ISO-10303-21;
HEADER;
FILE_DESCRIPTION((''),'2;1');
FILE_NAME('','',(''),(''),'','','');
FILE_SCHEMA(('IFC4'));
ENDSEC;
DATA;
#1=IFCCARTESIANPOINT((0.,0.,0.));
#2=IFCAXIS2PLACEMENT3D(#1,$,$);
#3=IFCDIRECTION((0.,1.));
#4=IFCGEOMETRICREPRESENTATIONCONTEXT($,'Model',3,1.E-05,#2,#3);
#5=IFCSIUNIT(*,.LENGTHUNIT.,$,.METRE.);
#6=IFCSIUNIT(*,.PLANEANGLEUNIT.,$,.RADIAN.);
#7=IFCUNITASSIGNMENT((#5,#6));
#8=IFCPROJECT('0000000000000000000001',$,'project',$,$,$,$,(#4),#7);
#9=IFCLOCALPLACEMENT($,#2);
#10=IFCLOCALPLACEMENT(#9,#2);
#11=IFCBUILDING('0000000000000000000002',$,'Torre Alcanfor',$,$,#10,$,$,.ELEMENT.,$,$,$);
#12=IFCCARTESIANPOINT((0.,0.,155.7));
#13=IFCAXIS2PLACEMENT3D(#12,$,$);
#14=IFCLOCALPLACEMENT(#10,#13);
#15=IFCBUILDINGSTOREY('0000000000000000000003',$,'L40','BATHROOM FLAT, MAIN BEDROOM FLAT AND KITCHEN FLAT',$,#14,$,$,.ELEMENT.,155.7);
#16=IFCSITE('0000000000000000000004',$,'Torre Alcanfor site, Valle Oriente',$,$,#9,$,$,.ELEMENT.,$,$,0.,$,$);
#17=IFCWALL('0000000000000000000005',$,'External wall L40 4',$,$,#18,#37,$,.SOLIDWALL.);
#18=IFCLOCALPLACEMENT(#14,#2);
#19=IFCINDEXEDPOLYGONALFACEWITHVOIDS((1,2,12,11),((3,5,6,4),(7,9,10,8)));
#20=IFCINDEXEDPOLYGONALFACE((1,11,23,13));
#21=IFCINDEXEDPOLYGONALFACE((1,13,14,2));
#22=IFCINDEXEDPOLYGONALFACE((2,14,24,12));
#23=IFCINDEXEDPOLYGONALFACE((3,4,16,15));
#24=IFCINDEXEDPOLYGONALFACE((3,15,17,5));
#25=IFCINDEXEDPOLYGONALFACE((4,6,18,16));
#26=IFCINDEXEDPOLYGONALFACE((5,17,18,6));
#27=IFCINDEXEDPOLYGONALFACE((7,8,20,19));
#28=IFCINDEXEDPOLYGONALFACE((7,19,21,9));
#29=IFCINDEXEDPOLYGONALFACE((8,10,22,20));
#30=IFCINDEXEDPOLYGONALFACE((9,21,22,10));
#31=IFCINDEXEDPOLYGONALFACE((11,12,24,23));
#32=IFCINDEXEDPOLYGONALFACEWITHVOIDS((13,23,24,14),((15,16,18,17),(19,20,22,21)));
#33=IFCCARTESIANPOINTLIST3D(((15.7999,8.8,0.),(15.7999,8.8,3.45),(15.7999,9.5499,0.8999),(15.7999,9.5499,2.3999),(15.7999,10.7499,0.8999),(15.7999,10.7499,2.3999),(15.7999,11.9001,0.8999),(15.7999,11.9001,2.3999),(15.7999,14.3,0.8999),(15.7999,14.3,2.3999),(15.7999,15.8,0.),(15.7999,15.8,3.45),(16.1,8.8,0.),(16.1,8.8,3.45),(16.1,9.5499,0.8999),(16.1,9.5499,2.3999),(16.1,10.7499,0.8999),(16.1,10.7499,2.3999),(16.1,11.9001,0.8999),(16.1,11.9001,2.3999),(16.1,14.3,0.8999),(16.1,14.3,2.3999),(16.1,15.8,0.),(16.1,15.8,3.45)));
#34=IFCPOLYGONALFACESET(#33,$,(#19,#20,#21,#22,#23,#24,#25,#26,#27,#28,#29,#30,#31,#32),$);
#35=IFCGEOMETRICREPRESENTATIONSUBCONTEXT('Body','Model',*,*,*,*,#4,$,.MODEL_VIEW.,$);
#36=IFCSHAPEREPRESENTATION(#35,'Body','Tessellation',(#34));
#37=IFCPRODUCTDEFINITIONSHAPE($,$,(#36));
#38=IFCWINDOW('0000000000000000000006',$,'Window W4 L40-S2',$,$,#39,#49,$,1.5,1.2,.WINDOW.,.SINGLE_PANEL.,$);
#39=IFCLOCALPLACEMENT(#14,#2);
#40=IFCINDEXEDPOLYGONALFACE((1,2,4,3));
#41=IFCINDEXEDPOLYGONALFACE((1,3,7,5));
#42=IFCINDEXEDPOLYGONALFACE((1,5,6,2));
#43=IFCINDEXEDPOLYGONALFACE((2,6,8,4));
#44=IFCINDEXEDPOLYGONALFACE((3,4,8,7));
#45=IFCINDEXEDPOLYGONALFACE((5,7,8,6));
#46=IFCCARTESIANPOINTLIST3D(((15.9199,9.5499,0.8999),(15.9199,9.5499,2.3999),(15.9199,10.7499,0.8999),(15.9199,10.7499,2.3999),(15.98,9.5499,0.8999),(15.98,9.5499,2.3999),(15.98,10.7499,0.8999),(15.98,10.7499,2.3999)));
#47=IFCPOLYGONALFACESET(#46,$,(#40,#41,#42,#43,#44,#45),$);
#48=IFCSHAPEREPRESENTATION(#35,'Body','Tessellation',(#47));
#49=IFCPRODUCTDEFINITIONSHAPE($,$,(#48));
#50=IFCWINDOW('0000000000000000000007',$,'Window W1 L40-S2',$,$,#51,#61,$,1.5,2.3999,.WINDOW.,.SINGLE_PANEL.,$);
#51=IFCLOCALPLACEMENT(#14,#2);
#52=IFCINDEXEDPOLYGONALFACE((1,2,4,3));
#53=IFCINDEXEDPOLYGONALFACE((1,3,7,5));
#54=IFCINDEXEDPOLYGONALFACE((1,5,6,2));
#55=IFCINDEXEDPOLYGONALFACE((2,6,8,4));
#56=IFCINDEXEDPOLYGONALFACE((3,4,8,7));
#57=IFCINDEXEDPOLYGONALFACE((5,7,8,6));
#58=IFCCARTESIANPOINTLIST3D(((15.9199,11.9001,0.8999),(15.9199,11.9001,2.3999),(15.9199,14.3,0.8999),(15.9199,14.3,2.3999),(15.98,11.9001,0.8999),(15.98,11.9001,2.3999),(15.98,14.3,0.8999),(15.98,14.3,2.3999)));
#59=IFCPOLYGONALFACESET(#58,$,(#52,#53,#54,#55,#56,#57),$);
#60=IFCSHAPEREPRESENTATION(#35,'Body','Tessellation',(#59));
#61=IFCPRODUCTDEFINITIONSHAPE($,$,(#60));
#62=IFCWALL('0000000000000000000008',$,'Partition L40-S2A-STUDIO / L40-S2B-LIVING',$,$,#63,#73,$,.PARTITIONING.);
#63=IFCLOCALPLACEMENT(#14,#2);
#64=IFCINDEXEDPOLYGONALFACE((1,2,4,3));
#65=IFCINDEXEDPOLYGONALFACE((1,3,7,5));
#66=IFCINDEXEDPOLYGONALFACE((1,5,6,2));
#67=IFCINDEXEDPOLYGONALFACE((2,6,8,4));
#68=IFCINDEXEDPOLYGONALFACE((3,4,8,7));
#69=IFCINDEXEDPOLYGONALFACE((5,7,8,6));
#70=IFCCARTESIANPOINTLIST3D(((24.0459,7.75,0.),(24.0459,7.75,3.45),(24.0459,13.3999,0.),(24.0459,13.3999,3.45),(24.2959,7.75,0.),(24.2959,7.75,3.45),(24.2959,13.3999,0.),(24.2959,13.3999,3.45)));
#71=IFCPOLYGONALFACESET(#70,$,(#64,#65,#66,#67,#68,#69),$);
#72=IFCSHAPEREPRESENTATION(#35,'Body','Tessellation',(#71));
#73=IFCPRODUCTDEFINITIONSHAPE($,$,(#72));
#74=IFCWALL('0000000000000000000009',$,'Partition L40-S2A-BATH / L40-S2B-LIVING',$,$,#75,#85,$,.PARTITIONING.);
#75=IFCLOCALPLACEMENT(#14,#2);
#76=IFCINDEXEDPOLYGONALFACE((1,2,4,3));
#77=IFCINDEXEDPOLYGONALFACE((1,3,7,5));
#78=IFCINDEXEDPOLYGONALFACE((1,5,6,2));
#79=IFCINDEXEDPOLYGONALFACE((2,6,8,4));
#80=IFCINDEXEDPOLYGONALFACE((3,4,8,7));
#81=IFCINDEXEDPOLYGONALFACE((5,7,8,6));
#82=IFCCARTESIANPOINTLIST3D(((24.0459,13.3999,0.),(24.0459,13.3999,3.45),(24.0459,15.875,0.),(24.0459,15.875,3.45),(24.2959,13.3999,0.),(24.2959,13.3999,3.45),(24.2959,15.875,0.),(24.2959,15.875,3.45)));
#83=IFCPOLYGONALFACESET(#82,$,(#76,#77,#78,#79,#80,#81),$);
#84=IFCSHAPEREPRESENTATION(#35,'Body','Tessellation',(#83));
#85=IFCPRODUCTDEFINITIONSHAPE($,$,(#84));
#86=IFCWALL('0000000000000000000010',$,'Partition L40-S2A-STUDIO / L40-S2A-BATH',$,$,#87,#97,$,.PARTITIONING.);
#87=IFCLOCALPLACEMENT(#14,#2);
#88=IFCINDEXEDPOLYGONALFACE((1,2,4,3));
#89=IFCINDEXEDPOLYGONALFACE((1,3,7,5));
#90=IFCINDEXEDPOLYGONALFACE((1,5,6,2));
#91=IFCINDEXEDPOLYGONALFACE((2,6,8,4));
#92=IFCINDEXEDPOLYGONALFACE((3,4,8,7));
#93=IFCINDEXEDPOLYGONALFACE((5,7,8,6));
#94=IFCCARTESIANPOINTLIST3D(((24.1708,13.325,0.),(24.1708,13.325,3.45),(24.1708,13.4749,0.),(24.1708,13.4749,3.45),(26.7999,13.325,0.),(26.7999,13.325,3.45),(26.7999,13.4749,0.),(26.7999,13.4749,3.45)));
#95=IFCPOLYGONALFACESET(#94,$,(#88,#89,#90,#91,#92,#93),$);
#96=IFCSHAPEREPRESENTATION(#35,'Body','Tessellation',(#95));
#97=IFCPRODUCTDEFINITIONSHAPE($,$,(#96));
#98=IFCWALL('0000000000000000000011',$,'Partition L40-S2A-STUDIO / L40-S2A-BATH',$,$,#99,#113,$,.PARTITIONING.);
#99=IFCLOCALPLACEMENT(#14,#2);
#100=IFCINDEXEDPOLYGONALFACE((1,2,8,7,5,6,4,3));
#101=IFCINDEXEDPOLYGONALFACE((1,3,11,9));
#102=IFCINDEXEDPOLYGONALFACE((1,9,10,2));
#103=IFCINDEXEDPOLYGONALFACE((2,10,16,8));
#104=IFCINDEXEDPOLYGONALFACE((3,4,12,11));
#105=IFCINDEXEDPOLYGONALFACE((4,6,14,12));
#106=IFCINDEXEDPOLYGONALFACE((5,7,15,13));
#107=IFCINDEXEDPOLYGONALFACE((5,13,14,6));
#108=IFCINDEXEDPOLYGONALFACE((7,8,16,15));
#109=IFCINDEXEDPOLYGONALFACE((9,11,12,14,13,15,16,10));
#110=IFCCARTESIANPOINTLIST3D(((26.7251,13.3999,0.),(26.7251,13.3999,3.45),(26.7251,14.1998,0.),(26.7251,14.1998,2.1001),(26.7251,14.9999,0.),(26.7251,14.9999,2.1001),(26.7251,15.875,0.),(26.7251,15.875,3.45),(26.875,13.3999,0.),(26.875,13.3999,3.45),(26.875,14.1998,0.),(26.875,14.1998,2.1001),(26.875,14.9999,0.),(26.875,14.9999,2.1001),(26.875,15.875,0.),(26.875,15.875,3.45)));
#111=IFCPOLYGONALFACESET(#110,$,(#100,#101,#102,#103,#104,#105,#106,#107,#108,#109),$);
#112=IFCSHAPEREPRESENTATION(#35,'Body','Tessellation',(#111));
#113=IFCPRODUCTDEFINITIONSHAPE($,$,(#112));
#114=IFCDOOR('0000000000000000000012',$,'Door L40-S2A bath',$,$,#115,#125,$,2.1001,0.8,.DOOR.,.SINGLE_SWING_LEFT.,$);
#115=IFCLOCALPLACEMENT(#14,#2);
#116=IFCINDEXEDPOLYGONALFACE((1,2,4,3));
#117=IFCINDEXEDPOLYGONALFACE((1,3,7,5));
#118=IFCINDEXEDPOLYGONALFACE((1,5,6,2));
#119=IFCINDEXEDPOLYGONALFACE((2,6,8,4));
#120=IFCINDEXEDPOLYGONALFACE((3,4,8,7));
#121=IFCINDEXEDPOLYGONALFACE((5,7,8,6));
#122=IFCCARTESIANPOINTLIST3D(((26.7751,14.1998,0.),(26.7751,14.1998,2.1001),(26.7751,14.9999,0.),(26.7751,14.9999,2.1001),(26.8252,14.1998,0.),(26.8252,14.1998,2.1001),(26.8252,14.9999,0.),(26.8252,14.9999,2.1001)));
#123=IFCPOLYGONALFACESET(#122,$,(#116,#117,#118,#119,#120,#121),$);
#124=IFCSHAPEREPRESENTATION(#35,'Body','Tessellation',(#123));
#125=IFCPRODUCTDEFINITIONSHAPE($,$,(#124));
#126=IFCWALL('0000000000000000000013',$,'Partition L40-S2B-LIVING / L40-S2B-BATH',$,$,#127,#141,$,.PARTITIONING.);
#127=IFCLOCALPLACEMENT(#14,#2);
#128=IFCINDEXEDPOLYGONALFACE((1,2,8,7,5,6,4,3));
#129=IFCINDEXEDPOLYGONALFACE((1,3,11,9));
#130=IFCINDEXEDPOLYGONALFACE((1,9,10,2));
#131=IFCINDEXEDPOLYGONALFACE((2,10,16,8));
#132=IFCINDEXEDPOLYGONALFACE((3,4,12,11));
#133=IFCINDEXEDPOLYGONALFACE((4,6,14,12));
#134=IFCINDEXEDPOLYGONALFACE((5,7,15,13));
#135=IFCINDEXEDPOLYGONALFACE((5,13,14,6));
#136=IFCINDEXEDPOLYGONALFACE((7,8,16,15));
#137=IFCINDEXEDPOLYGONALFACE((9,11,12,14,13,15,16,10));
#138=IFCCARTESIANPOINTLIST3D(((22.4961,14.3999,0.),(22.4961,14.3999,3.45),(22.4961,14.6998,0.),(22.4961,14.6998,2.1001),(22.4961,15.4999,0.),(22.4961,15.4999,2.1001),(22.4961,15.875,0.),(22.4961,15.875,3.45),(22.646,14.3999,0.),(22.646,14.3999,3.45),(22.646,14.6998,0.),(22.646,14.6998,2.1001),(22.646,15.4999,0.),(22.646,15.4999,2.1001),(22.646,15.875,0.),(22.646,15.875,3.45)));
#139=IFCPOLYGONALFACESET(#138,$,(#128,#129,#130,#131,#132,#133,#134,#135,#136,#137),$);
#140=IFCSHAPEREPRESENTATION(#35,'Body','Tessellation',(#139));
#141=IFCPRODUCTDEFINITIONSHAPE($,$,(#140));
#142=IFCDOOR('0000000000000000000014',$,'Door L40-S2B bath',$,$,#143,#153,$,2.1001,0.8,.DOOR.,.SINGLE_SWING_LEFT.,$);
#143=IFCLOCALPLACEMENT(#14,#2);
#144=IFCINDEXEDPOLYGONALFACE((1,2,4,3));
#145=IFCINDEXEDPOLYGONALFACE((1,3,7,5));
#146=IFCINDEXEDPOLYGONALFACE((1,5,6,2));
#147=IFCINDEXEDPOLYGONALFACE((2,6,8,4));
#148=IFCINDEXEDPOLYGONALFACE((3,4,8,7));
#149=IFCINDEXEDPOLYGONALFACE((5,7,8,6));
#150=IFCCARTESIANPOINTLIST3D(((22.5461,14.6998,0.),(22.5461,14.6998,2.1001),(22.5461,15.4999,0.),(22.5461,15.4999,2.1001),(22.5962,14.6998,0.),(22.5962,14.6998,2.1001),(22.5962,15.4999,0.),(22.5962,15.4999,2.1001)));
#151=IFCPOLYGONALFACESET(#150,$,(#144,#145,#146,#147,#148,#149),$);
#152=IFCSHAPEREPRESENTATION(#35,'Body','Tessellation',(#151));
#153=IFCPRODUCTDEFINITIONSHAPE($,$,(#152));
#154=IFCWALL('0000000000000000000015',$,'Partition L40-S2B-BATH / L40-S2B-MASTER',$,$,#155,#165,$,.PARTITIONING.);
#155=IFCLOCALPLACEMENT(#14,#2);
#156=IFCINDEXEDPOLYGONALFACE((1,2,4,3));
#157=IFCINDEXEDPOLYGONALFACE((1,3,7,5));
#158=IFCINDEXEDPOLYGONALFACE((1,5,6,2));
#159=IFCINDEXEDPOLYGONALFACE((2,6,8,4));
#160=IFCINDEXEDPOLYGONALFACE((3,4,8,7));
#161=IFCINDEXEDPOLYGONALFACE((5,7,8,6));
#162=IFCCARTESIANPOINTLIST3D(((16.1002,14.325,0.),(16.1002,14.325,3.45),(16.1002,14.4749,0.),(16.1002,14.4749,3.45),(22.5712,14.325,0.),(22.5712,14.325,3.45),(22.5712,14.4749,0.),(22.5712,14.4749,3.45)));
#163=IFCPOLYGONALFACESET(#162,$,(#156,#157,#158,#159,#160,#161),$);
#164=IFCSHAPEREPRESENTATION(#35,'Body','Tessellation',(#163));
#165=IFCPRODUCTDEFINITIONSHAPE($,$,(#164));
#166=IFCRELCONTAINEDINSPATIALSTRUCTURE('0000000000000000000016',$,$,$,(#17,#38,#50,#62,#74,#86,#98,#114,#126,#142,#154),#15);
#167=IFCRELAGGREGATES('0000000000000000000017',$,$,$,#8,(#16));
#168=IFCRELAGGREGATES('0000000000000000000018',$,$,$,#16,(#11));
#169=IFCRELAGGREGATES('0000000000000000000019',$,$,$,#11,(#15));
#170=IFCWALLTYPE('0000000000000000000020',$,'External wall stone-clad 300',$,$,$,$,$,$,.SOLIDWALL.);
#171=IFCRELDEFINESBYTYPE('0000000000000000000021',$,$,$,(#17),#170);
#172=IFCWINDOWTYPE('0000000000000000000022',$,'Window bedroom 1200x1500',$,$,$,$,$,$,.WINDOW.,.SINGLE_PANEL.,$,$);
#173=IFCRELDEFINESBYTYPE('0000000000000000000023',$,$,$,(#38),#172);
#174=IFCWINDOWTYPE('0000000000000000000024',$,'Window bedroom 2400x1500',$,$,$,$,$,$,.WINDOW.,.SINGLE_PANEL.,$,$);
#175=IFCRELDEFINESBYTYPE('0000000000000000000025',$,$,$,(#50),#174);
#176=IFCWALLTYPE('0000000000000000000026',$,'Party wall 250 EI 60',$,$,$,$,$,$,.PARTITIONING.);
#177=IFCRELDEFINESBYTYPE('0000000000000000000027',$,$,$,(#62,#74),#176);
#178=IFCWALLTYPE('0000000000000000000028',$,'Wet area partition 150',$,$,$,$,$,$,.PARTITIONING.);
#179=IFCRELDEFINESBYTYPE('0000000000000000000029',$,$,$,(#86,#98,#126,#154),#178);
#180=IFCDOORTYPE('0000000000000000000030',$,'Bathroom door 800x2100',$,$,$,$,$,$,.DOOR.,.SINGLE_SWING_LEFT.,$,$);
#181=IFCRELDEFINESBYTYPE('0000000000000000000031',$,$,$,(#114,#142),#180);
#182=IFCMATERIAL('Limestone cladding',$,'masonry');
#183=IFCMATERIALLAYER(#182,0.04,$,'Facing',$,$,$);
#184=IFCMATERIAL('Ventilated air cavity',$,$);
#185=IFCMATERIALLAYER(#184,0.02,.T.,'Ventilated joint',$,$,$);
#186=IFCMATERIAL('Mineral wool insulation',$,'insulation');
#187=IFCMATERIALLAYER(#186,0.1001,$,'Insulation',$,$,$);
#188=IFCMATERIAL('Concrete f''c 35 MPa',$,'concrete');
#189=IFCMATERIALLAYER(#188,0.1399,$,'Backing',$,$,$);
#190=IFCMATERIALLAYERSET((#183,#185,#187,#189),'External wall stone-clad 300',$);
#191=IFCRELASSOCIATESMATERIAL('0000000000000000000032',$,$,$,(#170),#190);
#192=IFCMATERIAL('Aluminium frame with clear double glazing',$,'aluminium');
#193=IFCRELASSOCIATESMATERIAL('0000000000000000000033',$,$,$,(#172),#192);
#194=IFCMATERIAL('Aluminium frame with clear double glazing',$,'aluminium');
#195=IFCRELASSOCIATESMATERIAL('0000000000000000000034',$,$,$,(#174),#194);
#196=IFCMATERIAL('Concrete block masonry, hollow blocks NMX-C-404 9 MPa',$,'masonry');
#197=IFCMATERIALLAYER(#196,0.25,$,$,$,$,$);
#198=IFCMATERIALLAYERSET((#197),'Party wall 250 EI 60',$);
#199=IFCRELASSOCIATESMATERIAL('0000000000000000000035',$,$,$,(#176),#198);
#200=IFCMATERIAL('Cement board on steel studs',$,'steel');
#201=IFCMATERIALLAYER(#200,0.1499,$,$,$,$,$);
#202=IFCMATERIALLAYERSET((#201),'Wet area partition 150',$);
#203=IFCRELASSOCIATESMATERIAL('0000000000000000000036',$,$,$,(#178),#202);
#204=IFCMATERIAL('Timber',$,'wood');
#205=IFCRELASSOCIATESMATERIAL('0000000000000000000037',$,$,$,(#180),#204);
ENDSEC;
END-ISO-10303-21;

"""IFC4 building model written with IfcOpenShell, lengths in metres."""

from ifc_helpers import new_model, si_unit, direction, frame, frame_2d, origin, place, context, subcontext, project, spatial, rectangle, extrude, material, layer, layer_set, type_object, element, fill, save


model = new_model("IFC4")

# Units and contexts
model_context = context("Model", 3, precision=1e-05, world=origin(), true_north=direction((0.0, 1.0)))
body_context = subcontext(model_context, "Body", "Model", "MODEL_VIEW")
ifc_project = project(units=[si_unit("LENGTHUNIT", "METRE"), si_unit("PLANEANGLEUNIT", "RADIAN")], contexts=[model_context])

# Site, building, storey
site_placement = place(None, origin())
site = spatial("IfcSite", under=ifc_project, at=site_placement, Name="Torre Alcanfor site, Valle Oriente", CompositionType="ELEMENT", RefElevation=0.0)
building_placement = place(site_placement, origin())
building = spatial("IfcBuilding", under=site, at=building_placement, Name="Torre Alcanfor", CompositionType="ELEMENT")
storey_placement = place(building_placement, frame((0.0, 0.0, 155.7)))
storey = spatial("IfcBuildingStorey", under=building, at=storey_placement, Name="L40", Description="BATHROOM FLAT, MAIN BEDROOM FLAT AND KITCHEN FLAT", CompositionType="ELEMENT", Elevation=155.7)

# Wall, openings, windows
ifc_material_1 = material(Name="Limestone cladding", Category="masonry")
ifc_layer_1 = layer(ifc_material_1, 0.04, Name="Facing")
ifc_material_2 = material(Name="Ventilated air cavity")
ifc_layer_2 = layer(ifc_material_2, 0.02, ventilated=True, Name="Ventilated joint")
ifc_material_3 = material(Name="Mineral wool insulation", Category="insulation")
ifc_layer_3 = layer(ifc_material_3, 0.1001, Name="Insulation")
ifc_material_4 = material(Name="Concrete f'c 35 MPa", Category="concrete")
ifc_layer_4 = layer(ifc_material_4, 0.1399, Name="Backing")
ifc_layer_set_1 = layer_set([ifc_layer_1, ifc_layer_2, ifc_layer_3, ifc_layer_4], Name="External wall stone-clad 300")
wall_type_1 = type_object("IfcWallType", Name="External wall stone-clad 300", PredefinedType="SOLIDWALL", material=ifc_layer_set_1)
wall_1_placement = place(storey_placement, frame((15.95, 15.8, 0.0), z_axis=(0.0, 0.0, 1.0), x_axis=(0.0, -1.0, 0.0)))
wall_1 = element("IfcWall", 1, at=wall_1_placement, inside=storey, type_object=wall_type_1, Name="External wall L40 4", PredefinedType="SOLIDWALL", context=body_context, shape_type="SweptSolid", body=[
    extrude(rectangle(XDim=7.0, YDim=0.3, at=frame_2d((3.5, 0.0))), origin(), (0.0, 0.0, 1.0), 3.45),
])
opening_1_placement = place(wall_1_placement, frame((1.5, 0.0, 0.8999)))
opening_1 = element("IfcOpeningElement", 2, at=opening_1_placement, cuts=wall_1, PredefinedType="OPENING", context=body_context, shape_type="SweptSolid", body=[
    extrude(rectangle(XDim=2.3999, YDim=1.5, at=frame_2d((1.2, 0.75))), frame((0.0, 0.1599, 0.0), z_axis=(0.0, -1.0, 0.0), x_axis=(1.0, 0.0, 0.0)), (0.0, 0.0, 1.0), 0.3201),
])
opening_2_placement = place(wall_1_placement, frame((5.05, 0.0, 0.8999)))
opening_2 = element("IfcOpeningElement", 3, at=opening_2_placement, cuts=wall_1, PredefinedType="OPENING", context=body_context, shape_type="SweptSolid", body=[
    extrude(rectangle(XDim=1.2, YDim=1.5, at=frame_2d((0.6001, 0.75))), frame((0.0, 0.1599, 0.0), z_axis=(0.0, -1.0, 0.0), x_axis=(1.0, 0.0, 0.0)), (0.0, 0.0, 1.0), 0.3201),
])
ifc_material_5 = material(Name="Aluminium frame with clear double glazing", Category="aluminium")
window_type_1 = type_object("IfcWindowType", Name="Window bedroom 1200x1500", PartitioningType="SINGLE_PANEL", PredefinedType="WINDOW", material=ifc_material_5)
window_1_placement = place(opening_2_placement, origin())
window_1 = element("IfcWindow", 4, at=window_1_placement, inside=storey, type_object=window_type_1, Name="Window W4 L40-S2", OverallHeight=1.5, OverallWidth=1.2, PartitioningType="SINGLE_PANEL", PredefinedType="WINDOW", context=body_context, shape_type="SweptSolid", body=[
    extrude(rectangle(XDim=1.2, YDim=1.5, at=frame_2d((0.6001, 0.75))), frame((0.0, 0.03, 0.0), z_axis=(0.0, -1.0, 0.0), x_axis=(1.0, 0.0, 0.0)), (0.0, 0.0, 1.0), 0.0601),
])
fill(opening_2, window_1)
ifc_material_6 = material(Name="Aluminium frame with clear double glazing", Category="aluminium")
window_type_2 = type_object("IfcWindowType", Name="Window bedroom 2400x1500", PartitioningType="SINGLE_PANEL", PredefinedType="WINDOW", material=ifc_material_6)
window_2_placement = place(opening_1_placement, origin())
window_2 = element("IfcWindow", 5, at=window_2_placement, inside=storey, type_object=window_type_2, Name="Window W1 L40-S2", OverallHeight=1.5, OverallWidth=2.3999, PartitioningType="SINGLE_PANEL", PredefinedType="WINDOW", context=body_context, shape_type="SweptSolid", body=[
    extrude(rectangle(XDim=2.3999, YDim=1.5, at=frame_2d((1.2, 0.75))), frame((0.0, 0.03, 0.0), z_axis=(0.0, -1.0, 0.0), x_axis=(1.0, 0.0, 0.0)), (0.0, 0.0, 1.0), 0.0601),
])
fill(opening_1, window_2)

# Walls
ifc_material_7 = material(Name="Concrete block masonry, hollow blocks NMX-C-404 9 MPa", Category="masonry")
ifc_layer_5 = layer(ifc_material_7, 0.25)
ifc_layer_set_2 = layer_set([ifc_layer_5], Name="Party wall 250 EI 60")
wall_type_2 = type_object("IfcWallType", Name="Party wall 250 EI 60", PredefinedType="PARTITIONING", material=ifc_layer_set_2)
wall_2_placement = place(storey_placement, frame((24.1709, 7.75, 0.0), z_axis=(0.0, 0.0, 1.0), x_axis=(0.0, 1.0, 0.0)))
element("IfcWall", 6, at=wall_2_placement, inside=storey, type_object=wall_type_2, Name="Partition L40-S2A-STUDIO / L40-S2B-LIVING", PredefinedType="PARTITIONING", context=body_context, shape_type="SweptSolid", body=[
    extrude(rectangle(XDim=5.6499, YDim=0.25, at=frame_2d((2.825, 0.0))), origin(), (0.0, 0.0, 1.0), 3.45),
])
wall_3_placement = place(storey_placement, frame((24.1709, 13.3999, 0.0), z_axis=(0.0, 0.0, 1.0), x_axis=(0.0, 1.0, 0.0)))
element("IfcWall", 7, at=wall_3_placement, inside=storey, type_object=wall_type_2, Name="Partition L40-S2A-BATH / L40-S2B-LIVING", PredefinedType="PARTITIONING", context=body_context, shape_type="SweptSolid", body=[
    extrude(rectangle(XDim=2.4751, YDim=0.25, at=frame_2d((1.2375, 0.0))), origin(), (0.0, 0.0, 1.0), 3.45),
])
ifc_material_8 = material(Name="Cement board on steel studs", Category="steel")
ifc_layer_6 = layer(ifc_material_8, 0.1499)
ifc_layer_set_3 = layer_set([ifc_layer_6], Name="Wet area partition 150")
wall_type_3 = type_object("IfcWallType", Name="Wet area partition 150", PredefinedType="PARTITIONING", material=ifc_layer_set_3)
wall_4_placement = place(storey_placement, frame((24.1709, 13.3999, 0.0), z_axis=(0.0, 0.0, 1.0), x_axis=(1.0, 0.0, 0.0)))
element("IfcWall", 8, at=wall_4_placement, inside=storey, type_object=wall_type_3, Name="Partition L40-S2A-STUDIO / L40-S2A-BATH", PredefinedType="PARTITIONING", context=body_context, shape_type="SweptSolid", body=[
    extrude(rectangle(XDim=2.6292, YDim=0.1499, at=frame_2d((1.3145, 0.0))), origin(), (0.0, 0.0, 1.0), 3.45),
])

# Walls, openings, doors
wall_5_placement = place(storey_placement, frame((26.8, 13.3999, 0.0), z_axis=(0.0, 0.0, 1.0), x_axis=(0.0, 1.0, 0.0)))
wall_5 = element("IfcWall", 9, at=wall_5_placement, inside=storey, type_object=wall_type_3, Name="Partition L40-S2A-STUDIO / L40-S2A-BATH", PredefinedType="PARTITIONING", context=body_context, shape_type="SweptSolid", body=[
    extrude(rectangle(XDim=2.4751, YDim=0.1499, at=frame_2d((1.2375, 0.0))), origin(), (0.0, 0.0, 1.0), 3.45),
])
opening_3_placement = place(wall_5_placement, frame((0.8, 0.0, 0.0)))
opening_3 = element("IfcOpeningElement", 10, at=opening_3_placement, cuts=wall_5, PredefinedType="OPENING", context=body_context, shape_type="SweptSolid", body=[
    extrude(rectangle(XDim=0.8, YDim=2.1001, at=frame_2d((0.3999, 1.05))), frame((0.0, 0.085, 0.0), z_axis=(0.0, -1.0, 0.0), x_axis=(1.0, 0.0, 0.0)), (0.0, 0.0, 1.0), 0.1699),
])
ifc_material_9 = material(Name="Timber", Category="wood")
door_type_1 = type_object("IfcDoorType", Name="Bathroom door 800x2100", OperationType="SINGLE_SWING_LEFT", PredefinedType="DOOR", material=ifc_material_9)
door_1_placement = place(opening_3_placement, origin())
door_1 = element("IfcDoor", 11, at=door_1_placement, inside=storey, type_object=door_type_1, Name="Door L40-S2A bath", OperationType="SINGLE_SWING_LEFT", OverallHeight=2.1001, OverallWidth=0.8, PredefinedType="DOOR", context=body_context, shape_type="SweptSolid", body=[
    extrude(rectangle(XDim=0.8, YDim=2.1001, at=frame_2d((0.3999, 1.05))), frame((0.0, 0.0249, 0.0), z_axis=(0.0, -1.0, 0.0), x_axis=(1.0, 0.0, 0.0)), (0.0, 0.0, 1.0), 0.05),
])
fill(opening_3, door_1)
wall_6_placement = place(storey_placement, frame((22.571, 14.3999, 0.0), z_axis=(0.0, 0.0, 1.0), x_axis=(0.0, 1.0, 0.0)))
wall_6 = element("IfcWall", 12, at=wall_6_placement, inside=storey, type_object=wall_type_3, Name="Partition L40-S2B-LIVING / L40-S2B-BATH", PredefinedType="PARTITIONING", context=body_context, shape_type="SweptSolid", body=[
    extrude(rectangle(XDim=1.4751, YDim=0.1499, at=frame_2d((0.7375, 0.0))), origin(), (0.0, 0.0, 1.0), 3.45),
])
opening_4_placement = place(wall_6_placement, frame((0.3, 0.0, 0.0)))
opening_4 = element("IfcOpeningElement", 13, at=opening_4_placement, cuts=wall_6, PredefinedType="OPENING", context=body_context, shape_type="SweptSolid", body=[
    extrude(rectangle(XDim=0.8, YDim=2.1001, at=frame_2d((0.3999, 1.05))), frame((0.0, 0.085, 0.0), z_axis=(0.0, -1.0, 0.0), x_axis=(1.0, 0.0, 0.0)), (0.0, 0.0, 1.0), 0.1699),
])
door_2_placement = place(opening_4_placement, origin())
door_2 = element("IfcDoor", 14, at=door_2_placement, inside=storey, type_object=door_type_1, Name="Door L40-S2B bath", OperationType="SINGLE_SWING_LEFT", OverallHeight=2.1001, OverallWidth=0.8, PredefinedType="DOOR", context=body_context, shape_type="SweptSolid", body=[
    extrude(rectangle(XDim=0.8, YDim=2.1001, at=frame_2d((0.3999, 1.05))), frame((0.0, 0.0249, 0.0), z_axis=(0.0, -1.0, 0.0), x_axis=(1.0, 0.0, 0.0)), (0.0, 0.0, 1.0), 0.05),
])
fill(opening_4, door_2)

# Wall
wall_7_placement = place(storey_placement, frame((22.571, 14.3999, 0.0), z_axis=(0.0, 0.0, 1.0), x_axis=(-1.0, 0.0, 0.0)))
element("IfcWall", 15, at=wall_7_placement, inside=storey, type_object=wall_type_3, Name="Partition L40-S2B-BATH / L40-S2B-MASTER", PredefinedType="PARTITIONING", context=body_context, shape_type="SweptSolid", body=[
    extrude(rectangle(XDim=6.4709, YDim=0.1499, at=frame_2d((3.2354, 0.0))), origin(), (0.0, 0.0, 1.0), 3.45),
])

save(model, "model.ifc")
